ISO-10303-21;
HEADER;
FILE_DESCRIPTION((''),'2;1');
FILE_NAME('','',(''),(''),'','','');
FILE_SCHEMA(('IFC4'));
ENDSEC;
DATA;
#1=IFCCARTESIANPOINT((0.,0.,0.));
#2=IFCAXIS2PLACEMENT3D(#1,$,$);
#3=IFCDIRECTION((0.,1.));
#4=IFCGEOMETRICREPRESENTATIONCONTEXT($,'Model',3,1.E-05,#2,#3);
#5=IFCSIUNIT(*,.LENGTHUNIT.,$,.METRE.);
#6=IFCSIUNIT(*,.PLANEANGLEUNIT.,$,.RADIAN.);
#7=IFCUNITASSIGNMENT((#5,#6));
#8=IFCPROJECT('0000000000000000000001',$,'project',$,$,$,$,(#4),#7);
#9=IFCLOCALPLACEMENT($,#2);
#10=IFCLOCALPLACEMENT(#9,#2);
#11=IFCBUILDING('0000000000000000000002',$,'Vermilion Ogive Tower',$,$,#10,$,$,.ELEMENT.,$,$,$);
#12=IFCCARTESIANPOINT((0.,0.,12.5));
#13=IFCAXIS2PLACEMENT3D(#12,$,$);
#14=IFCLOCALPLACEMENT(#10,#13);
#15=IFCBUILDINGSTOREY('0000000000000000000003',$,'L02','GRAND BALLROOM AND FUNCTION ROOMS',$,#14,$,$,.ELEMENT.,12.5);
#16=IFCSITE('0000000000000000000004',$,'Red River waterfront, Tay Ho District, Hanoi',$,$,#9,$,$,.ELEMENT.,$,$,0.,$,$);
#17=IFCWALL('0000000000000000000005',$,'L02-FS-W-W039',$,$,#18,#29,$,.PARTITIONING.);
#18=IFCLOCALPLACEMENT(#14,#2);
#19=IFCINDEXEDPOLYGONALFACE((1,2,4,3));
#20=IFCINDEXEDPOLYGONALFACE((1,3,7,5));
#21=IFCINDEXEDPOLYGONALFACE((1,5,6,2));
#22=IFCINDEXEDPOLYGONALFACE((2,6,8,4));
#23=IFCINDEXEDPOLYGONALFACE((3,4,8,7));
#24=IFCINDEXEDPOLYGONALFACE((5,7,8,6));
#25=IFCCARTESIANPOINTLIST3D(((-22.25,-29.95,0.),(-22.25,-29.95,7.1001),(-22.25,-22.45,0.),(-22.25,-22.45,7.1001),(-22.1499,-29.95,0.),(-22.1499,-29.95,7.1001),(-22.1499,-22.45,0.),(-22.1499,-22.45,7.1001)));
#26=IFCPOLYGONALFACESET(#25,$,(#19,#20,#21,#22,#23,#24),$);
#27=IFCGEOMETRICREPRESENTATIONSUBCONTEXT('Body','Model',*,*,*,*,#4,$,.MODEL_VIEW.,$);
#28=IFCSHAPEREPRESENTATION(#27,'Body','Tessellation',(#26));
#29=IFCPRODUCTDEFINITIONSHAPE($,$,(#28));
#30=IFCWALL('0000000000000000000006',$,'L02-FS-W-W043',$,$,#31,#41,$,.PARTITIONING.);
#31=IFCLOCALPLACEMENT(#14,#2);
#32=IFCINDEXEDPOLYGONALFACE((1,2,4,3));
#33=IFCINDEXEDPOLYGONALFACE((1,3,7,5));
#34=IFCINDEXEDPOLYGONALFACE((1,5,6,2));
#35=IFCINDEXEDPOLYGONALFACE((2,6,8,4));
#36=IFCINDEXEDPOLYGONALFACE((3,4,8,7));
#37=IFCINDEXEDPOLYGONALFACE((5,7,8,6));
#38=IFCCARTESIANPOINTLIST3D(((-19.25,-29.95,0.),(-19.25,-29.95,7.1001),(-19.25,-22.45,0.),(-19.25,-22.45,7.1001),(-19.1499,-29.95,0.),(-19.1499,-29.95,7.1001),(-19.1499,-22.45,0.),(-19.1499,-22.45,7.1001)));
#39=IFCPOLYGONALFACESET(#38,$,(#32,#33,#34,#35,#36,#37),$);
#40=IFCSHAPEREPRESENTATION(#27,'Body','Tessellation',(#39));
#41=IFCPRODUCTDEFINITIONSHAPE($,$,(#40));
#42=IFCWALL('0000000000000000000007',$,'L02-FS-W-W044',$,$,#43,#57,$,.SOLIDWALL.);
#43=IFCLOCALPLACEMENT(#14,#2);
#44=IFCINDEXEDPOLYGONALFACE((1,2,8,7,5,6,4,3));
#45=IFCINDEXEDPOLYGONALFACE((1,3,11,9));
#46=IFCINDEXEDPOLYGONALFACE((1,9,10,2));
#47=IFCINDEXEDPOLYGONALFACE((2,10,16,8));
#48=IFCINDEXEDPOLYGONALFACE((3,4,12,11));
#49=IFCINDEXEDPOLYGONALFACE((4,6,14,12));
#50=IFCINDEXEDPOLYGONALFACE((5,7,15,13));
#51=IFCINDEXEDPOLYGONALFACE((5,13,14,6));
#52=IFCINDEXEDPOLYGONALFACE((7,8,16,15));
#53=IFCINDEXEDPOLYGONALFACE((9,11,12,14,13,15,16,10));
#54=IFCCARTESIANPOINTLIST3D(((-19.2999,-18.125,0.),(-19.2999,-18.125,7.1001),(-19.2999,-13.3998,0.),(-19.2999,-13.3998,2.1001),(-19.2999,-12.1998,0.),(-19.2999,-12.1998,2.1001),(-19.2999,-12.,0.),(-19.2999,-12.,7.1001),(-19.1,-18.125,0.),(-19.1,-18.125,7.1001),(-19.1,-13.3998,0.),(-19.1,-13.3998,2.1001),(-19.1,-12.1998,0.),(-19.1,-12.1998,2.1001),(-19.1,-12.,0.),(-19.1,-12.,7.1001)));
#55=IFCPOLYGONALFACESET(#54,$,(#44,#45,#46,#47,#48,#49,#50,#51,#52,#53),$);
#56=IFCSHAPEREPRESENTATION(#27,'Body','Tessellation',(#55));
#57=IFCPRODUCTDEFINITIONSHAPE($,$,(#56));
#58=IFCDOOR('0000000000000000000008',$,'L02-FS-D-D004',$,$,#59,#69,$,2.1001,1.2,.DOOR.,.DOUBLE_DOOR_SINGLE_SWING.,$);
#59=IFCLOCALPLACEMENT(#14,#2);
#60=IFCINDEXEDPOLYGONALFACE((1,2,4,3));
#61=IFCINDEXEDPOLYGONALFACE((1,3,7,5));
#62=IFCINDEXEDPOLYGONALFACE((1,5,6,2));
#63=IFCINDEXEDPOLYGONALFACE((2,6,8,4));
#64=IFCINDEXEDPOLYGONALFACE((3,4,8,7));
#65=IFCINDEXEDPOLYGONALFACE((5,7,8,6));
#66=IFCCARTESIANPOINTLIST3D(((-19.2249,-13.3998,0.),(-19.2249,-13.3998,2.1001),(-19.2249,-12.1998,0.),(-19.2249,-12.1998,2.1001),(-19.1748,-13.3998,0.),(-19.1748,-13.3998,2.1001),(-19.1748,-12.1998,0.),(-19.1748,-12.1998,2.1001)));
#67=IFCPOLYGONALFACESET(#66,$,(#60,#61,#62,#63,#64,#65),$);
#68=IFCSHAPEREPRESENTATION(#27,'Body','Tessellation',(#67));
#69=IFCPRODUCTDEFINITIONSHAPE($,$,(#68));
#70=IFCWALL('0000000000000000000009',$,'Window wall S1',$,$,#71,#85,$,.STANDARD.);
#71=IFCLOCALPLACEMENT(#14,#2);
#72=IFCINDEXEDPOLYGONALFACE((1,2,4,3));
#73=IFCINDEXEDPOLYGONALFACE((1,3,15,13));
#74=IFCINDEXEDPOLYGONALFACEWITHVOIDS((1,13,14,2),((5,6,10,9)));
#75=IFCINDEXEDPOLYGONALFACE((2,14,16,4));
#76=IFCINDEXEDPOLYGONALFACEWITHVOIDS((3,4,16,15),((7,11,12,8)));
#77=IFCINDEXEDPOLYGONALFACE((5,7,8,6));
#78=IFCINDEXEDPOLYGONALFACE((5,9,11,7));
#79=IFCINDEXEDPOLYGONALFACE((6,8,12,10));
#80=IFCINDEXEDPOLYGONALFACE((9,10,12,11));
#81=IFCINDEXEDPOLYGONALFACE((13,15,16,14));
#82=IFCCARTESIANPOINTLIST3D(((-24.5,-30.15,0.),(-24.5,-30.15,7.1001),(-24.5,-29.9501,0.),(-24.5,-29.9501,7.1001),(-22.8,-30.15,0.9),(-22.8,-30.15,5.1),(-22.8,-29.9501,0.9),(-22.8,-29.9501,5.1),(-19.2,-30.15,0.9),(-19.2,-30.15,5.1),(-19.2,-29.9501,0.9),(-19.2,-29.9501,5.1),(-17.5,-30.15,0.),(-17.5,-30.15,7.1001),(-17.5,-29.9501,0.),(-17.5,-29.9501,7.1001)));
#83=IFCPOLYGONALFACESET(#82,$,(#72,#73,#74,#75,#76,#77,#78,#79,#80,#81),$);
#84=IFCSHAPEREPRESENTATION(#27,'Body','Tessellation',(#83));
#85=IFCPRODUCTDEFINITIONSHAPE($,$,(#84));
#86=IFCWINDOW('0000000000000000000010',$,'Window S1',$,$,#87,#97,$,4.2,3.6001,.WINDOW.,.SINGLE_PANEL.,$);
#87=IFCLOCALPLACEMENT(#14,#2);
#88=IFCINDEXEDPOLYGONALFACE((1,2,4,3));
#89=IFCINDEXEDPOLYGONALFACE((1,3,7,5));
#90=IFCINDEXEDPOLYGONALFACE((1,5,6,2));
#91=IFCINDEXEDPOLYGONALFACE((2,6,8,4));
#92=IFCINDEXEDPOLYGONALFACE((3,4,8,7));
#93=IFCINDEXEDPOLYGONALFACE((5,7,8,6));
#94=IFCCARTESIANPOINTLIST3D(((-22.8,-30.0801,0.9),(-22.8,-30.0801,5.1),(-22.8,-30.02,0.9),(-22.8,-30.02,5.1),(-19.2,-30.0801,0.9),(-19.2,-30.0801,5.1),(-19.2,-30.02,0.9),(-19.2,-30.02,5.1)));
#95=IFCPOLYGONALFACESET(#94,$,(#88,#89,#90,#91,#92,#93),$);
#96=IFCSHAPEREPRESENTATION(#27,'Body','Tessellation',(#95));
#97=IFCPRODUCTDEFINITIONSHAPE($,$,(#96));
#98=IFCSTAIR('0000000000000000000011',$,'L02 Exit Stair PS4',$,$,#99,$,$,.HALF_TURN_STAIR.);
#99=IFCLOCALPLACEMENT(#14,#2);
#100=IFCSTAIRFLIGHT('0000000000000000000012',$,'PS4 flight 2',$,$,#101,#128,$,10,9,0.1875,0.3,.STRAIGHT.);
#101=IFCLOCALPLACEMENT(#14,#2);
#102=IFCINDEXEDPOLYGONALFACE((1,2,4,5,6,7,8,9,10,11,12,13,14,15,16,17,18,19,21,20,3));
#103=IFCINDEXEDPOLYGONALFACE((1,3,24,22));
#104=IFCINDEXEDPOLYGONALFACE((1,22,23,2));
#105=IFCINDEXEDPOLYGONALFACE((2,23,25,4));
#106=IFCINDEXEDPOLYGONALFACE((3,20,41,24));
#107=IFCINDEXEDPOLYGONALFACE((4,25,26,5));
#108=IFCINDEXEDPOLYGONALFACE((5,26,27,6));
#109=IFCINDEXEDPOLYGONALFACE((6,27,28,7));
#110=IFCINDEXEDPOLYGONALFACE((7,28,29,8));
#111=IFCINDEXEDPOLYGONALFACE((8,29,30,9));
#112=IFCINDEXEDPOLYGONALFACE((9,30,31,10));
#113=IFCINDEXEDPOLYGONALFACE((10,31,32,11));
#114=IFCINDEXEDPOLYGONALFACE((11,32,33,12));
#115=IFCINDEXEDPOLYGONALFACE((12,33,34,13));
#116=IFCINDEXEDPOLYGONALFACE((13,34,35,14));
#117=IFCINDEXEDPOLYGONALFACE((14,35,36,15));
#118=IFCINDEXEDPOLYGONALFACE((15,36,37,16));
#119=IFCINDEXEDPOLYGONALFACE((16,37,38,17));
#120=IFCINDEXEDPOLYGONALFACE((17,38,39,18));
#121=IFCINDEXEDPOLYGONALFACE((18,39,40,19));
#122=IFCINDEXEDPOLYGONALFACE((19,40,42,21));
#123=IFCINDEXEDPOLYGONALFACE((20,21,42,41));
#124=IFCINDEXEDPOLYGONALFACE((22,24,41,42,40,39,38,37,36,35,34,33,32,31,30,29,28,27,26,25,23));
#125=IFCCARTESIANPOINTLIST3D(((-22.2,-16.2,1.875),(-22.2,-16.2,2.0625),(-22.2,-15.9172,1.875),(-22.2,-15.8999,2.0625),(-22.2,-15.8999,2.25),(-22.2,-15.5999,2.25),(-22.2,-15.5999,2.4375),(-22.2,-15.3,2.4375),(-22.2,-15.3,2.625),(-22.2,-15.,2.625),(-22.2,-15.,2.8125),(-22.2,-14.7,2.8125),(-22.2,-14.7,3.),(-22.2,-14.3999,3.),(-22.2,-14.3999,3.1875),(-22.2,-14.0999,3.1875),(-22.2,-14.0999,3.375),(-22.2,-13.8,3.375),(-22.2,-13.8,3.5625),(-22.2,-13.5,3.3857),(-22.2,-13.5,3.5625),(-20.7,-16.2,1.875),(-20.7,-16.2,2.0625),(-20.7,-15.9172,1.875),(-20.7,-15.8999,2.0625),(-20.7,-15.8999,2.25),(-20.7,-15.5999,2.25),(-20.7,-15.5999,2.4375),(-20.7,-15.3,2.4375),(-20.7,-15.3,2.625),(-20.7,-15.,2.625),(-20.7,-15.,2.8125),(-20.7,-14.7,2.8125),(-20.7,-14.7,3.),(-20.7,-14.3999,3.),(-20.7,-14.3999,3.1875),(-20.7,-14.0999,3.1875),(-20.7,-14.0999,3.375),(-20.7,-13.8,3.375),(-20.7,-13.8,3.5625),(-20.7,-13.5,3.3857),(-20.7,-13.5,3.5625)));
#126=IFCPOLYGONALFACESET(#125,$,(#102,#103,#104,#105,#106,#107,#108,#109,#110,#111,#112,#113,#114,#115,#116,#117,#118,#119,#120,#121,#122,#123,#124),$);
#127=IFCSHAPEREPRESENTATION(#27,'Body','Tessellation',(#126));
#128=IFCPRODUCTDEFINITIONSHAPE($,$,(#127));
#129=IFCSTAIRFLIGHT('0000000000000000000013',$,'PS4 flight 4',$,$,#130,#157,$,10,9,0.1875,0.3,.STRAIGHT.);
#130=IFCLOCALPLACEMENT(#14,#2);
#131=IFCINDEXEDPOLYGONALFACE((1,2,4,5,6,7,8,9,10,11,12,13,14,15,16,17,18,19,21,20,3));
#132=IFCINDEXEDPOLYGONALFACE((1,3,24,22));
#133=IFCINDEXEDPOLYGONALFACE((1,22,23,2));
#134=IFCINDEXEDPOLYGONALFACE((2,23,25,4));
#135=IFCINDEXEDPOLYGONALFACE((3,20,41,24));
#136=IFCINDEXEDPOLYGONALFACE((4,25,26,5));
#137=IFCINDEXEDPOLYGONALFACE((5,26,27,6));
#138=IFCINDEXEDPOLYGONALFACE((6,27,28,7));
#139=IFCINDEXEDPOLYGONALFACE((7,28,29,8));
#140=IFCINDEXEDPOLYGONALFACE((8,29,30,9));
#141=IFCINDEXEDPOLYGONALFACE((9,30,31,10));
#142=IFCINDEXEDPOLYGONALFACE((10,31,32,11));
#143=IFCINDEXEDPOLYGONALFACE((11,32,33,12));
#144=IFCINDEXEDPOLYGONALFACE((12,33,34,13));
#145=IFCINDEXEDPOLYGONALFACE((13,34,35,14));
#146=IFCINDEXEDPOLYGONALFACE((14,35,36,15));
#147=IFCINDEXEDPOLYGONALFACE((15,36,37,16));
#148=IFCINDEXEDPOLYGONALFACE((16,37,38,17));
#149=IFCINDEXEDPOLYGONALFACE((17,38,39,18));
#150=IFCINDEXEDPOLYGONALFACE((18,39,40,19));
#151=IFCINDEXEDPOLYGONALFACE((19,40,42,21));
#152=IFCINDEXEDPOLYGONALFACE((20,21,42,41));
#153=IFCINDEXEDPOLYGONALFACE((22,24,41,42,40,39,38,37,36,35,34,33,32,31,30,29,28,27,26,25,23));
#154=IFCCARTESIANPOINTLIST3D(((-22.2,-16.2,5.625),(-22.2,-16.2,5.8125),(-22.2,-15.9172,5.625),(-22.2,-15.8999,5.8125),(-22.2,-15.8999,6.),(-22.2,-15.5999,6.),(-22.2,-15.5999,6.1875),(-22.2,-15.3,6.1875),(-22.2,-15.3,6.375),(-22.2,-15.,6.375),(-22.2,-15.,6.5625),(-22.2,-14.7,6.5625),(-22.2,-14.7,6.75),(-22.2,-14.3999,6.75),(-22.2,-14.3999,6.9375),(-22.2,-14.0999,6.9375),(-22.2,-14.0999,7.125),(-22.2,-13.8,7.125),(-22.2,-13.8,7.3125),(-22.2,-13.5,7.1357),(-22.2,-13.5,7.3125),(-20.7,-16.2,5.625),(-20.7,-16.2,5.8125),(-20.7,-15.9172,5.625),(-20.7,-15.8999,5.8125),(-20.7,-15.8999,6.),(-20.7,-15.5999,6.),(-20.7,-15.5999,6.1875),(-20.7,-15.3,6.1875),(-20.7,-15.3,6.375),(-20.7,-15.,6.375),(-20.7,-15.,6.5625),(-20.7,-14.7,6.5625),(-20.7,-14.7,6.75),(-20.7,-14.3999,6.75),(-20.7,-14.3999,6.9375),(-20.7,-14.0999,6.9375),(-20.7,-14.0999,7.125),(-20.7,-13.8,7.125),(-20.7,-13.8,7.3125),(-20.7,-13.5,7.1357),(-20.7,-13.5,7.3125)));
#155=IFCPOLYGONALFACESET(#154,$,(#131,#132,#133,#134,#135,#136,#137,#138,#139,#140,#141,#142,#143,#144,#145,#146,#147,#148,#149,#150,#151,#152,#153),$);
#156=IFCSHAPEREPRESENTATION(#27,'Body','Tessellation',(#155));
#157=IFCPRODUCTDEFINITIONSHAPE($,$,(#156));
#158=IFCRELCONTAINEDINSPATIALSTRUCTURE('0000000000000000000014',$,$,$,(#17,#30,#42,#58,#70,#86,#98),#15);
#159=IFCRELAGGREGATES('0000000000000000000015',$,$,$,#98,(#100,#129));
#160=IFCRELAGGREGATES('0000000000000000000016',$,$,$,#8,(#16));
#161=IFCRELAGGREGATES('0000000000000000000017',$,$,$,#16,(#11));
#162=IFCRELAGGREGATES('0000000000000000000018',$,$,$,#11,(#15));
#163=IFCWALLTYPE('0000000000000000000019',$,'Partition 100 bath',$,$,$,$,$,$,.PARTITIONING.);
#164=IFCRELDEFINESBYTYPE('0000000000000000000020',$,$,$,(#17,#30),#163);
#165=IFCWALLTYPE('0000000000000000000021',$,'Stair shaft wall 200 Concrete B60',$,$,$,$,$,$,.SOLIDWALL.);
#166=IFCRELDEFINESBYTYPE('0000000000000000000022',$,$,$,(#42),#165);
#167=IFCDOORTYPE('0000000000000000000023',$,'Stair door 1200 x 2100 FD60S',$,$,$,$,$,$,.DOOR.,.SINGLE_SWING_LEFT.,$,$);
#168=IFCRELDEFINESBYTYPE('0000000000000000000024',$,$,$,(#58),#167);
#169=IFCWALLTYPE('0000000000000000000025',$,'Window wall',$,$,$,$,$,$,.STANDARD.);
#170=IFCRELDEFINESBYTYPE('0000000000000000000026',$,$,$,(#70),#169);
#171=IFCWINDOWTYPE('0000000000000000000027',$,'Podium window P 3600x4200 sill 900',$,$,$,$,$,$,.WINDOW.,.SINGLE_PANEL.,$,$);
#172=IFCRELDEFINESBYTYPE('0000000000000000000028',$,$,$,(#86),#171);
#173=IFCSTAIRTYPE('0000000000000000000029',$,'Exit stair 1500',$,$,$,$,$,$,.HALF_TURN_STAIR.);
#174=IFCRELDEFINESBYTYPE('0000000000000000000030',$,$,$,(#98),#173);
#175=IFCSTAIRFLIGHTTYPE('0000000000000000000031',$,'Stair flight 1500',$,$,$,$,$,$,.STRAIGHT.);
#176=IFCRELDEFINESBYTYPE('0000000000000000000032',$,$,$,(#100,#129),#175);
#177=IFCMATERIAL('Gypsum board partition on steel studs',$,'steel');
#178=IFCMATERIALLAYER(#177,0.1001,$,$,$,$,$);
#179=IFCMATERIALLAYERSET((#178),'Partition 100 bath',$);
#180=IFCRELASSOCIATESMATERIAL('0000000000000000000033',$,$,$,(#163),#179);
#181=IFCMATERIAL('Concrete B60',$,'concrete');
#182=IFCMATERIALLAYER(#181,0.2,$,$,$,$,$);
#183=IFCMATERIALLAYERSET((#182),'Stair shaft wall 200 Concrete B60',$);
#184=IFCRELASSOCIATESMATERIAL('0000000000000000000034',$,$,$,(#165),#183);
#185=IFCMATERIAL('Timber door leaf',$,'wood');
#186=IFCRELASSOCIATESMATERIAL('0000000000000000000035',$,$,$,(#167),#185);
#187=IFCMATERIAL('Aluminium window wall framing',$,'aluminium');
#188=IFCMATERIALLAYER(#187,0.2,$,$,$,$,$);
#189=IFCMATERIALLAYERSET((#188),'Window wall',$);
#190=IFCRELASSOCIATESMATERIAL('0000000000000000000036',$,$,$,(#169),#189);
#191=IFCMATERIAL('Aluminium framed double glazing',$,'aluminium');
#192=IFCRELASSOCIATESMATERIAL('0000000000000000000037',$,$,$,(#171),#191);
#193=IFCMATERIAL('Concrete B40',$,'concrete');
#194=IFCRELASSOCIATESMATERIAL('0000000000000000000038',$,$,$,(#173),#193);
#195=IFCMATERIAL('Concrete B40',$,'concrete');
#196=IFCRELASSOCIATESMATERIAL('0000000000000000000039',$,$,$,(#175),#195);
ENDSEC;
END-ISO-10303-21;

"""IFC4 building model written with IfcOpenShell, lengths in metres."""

from ifc_helpers import new_model, si_unit, direction, frame, frame_2d, origin, place, context, subcontext, project, spatial, polyline, rectangle, outline, extrude, material, layer, layer_set, type_object, element, fill, aggregate, save


model = new_model("IFC4")

# Units and contexts
model_context = context("Model", 3, precision=1e-05, world=origin(), true_north=direction((0.0, 1.0)))
body_context = subcontext(model_context, "Body", "Model", "MODEL_VIEW")
ifc_project = project(units=[si_unit("LENGTHUNIT", "METRE"), si_unit("PLANEANGLEUNIT", "RADIAN")], contexts=[model_context])

# Site, building, storey
site_placement = place(None, origin())
site = spatial("IfcSite", under=ifc_project, at=site_placement, Name="Red River waterfront, Tay Ho District, Hanoi", CompositionType="ELEMENT", RefElevation=0.0)
building_placement = place(site_placement, origin())
building = spatial("IfcBuilding", under=site, at=building_placement, Name="Vermilion Ogive Tower", CompositionType="ELEMENT")
storey_placement = place(building_placement, frame((0.0, 0.0, 12.5)))
storey = spatial("IfcBuildingStorey", under=building, at=storey_placement, Name="L02", Description="GRAND BALLROOM AND FUNCTION ROOMS", CompositionType="ELEMENT", Elevation=12.5)

# Walls
ifc_material_1 = material(Name="Gypsum board partition on steel studs", Category="steel")
ifc_layer_1 = layer(ifc_material_1, 0.1001)
ifc_layer_set_1 = layer_set([ifc_layer_1], Name="Partition 100 bath")
wall_type_1 = type_object("IfcWallType", Name="Partition 100 bath", PredefinedType="PARTITIONING", material=ifc_layer_set_1)
for number, where, z_axis, x_axis, name in (
    (1, (-22.2, -29.95, 0.0), (0.0, 0.0, 1.0), (0.0, 1.0, 0.0), "L02-FS-W-W039"),
    (2, (-19.2, -29.95, 0.0), (0.0, 0.0, 1.0), (0.0, 1.0, 0.0), "L02-FS-W-W043"),
):
    element("IfcWall", number, at=place(storey_placement, frame(where, z_axis=z_axis, x_axis=x_axis)), inside=storey, type_object=wall_type_1, Name=name, PredefinedType="PARTITIONING", context=body_context, shape_type="SweptSolid", body=[
        extrude(rectangle(XDim=7.5, YDim=0.1001, at=frame_2d((3.75, 0.0))), origin(), (0.0, 0.0, 1.0), 7.1001),
    ])

# Wall, opening, door
ifc_material_2 = material(Name="Concrete B60", Category="concrete")
ifc_layer_2 = layer(ifc_material_2, 0.2)
ifc_layer_set_2 = layer_set([ifc_layer_2], Name="Stair shaft wall 200 Concrete B60")
wall_type_2 = type_object("IfcWallType", Name="Stair shaft wall 200 Concrete B60", PredefinedType="SOLIDWALL", material=ifc_layer_set_2)
wall_1_placement = place(storey_placement, frame((-19.2, -18.125, 0.0), z_axis=(0.0, 0.0, 1.0), x_axis=(0.0, 1.0, 0.0)))
wall_1 = element("IfcWall", 3, at=wall_1_placement, inside=storey, type_object=wall_type_2, Name="L02-FS-W-W044", PredefinedType="SOLIDWALL", context=body_context, shape_type="SweptSolid", body=[
    extrude(rectangle(XDim=6.125, YDim=0.2, at=frame_2d((3.0625, 0.0))), origin(), (0.0, 0.0, 1.0), 7.1001),
])
opening_1_placement = place(wall_1_placement, frame((4.7251, 0.0, 0.0)))
opening_1 = element("IfcOpeningElement", 4, at=opening_1_placement, cuts=wall_1, PredefinedType="OPENING", context=body_context, shape_type="SweptSolid", body=[
    extrude(rectangle(XDim=1.2, YDim=2.1001, at=frame_2d((0.6001, 1.05))), frame((0.0, 0.1099, 0.0), z_axis=(0.0, -1.0, 0.0), x_axis=(1.0, 0.0, 0.0)), (0.0, 0.0, 1.0), 0.22),
])
ifc_material_3 = material(Name="Timber door leaf", Category="wood")
door_type = type_object("IfcDoorType", Name="Stair door 1200 x 2100 FD60S", OperationType="SINGLE_SWING_LEFT", PredefinedType="DOOR", material=ifc_material_3)
door_placement = place(opening_1_placement, origin())
door = element("IfcDoor", 5, at=door_placement, inside=storey, type_object=door_type, Name="L02-FS-D-D004", OperationType="DOUBLE_DOOR_SINGLE_SWING", OverallHeight=2.1001, OverallWidth=1.2, PredefinedType="DOOR", context=body_context, shape_type="SweptSolid", body=[
    extrude(rectangle(XDim=1.2, YDim=2.1001, at=frame_2d((0.6001, 1.05))), frame((0.0, 0.0249, 0.0), z_axis=(0.0, -1.0, 0.0), x_axis=(1.0, 0.0, 0.0)), (0.0, 0.0, 1.0), 0.05),
])
fill(opening_1, door)

# Wall, opening, window
ifc_material_4 = material(Name="Aluminium window wall framing", Category="aluminium")
ifc_layer_3 = layer(ifc_material_4, 0.2)
ifc_layer_set_3 = layer_set([ifc_layer_3], Name="Window wall")
wall_type_3 = type_object("IfcWallType", Name="Window wall", PredefinedType="STANDARD", material=ifc_layer_set_3)
wall_2_placement = place(storey_placement, frame((-24.5, -30.05, 0.0), z_axis=(0.0, 0.0, 1.0), x_axis=(1.0, 0.0, 0.0)))
wall_2 = element("IfcWall", 6, at=wall_2_placement, inside=storey, type_object=wall_type_3, Name="Window wall S1", PredefinedType="STANDARD", context=body_context, shape_type="SweptSolid", body=[
    extrude(rectangle(XDim=7.0, YDim=0.2, at=frame_2d((3.5, 0.0))), origin(), (0.0, 0.0, 1.0), 7.1001),
])
opening_2_placement = place(wall_2_placement, frame((1.7, 0.0, 0.8999)))
opening_2 = element("IfcOpeningElement", 7, at=opening_2_placement, cuts=wall_2, PredefinedType="OPENING", context=body_context, shape_type="SweptSolid", body=[
    extrude(rectangle(XDim=3.6001, YDim=4.2, at=frame_2d((1.8, 2.1001))), frame((0.0, 0.1099, 0.0), z_axis=(0.0, -1.0, 0.0), x_axis=(1.0, 0.0, 0.0)), (0.0, 0.0, 1.0), 0.22),
])
ifc_material_5 = material(Name="Aluminium framed double glazing", Category="aluminium")
window_type = type_object("IfcWindowType", Name="Podium window P 3600x4200 sill 900", PartitioningType="SINGLE_PANEL", PredefinedType="WINDOW", material=ifc_material_5)
window_placement = place(opening_2_placement, origin())
window = element("IfcWindow", 8, at=window_placement, inside=storey, type_object=window_type, Name="Window S1", OverallHeight=4.2, OverallWidth=3.6001, PartitioningType="SINGLE_PANEL", PredefinedType="WINDOW", context=body_context, shape_type="SweptSolid", body=[
    extrude(rectangle(XDim=3.6001, YDim=4.2, at=frame_2d((1.8, 2.1001))), frame((0.0, 0.03, 0.0), z_axis=(0.0, -1.0, 0.0), x_axis=(1.0, 0.0, 0.0)), (0.0, 0.0, 1.0), 0.0601),
])
fill(opening_2, window)

# Stair, stair flights
ifc_material_6 = material(Name="Concrete B40", Category="concrete")
stair_type = type_object("IfcStairType", Name="Exit stair 1500", PredefinedType="HALF_TURN_STAIR", material=ifc_material_6)
stair_placement = place(storey_placement, origin())
stair = element("IfcStair", 9, at=stair_placement, inside=storey, type_object=stair_type, Name="L02 Exit Stair PS4", PredefinedType="HALF_TURN_STAIR")
ifc_material_7 = material(Name="Concrete B40", Category="concrete")
stair_flight_type = type_object("IfcStairFlightType", Name="Stair flight 1500", PredefinedType="STRAIGHT", material=ifc_material_7)
stair_flight_1_placement = place(storey_placement, frame((-21.45, -16.2, 1.875), z_axis=(0.0, 0.0, 1.0), x_axis=(0.0, 1.0, 0.0)))
stair_flight_1 = element("IfcStairFlight", 10, at=stair_flight_1_placement, type_object=stair_flight_type, Name="PS4 flight 2", NumberOfRisers=10, NumberOfTreads=9, PredefinedType="STRAIGHT", RiserHeight=0.1875, TreadLength=0.3, context=body_context, shape_type="SweptSolid", body=[
    extrude(outline(polyline([(0.0, 0.0), (0.0, 0.1875), (0.3, 0.1875), (0.3, 0.375), (0.6001, 0.375), (0.6001, 0.5625), (0.8999, 0.5625), (0.8999, 0.75), (1.2, 0.75), (1.2, 0.9375), (1.5, 0.9375), (1.5, 1.125), (1.8, 1.125), (1.8, 1.3125), (2.1001, 1.3125), (2.1001, 1.5), (2.3999, 1.5), (2.3999, 1.6875), (2.7, 1.6875), (2.7, 1.875), (2.7, 1.5107), (0.2827, 0.0), (0.0, 0.0)])), frame((0.0, 0.75, 0.0), z_axis=(0.0, -1.0, 0.0), x_axis=(1.0, 0.0, 0.0)), (0.0, 0.0, 1.0), 1.5),
])
stair_flight_2_placement = place(storey_placement, frame((-21.45, -16.2, 5.625), z_axis=(0.0, 0.0, 1.0), x_axis=(0.0, 1.0, 0.0)))
stair_flight_2 = element("IfcStairFlight", 11, at=stair_flight_2_placement, type_object=stair_flight_type, Name="PS4 flight 4", NumberOfRisers=10, NumberOfTreads=9, PredefinedType="STRAIGHT", RiserHeight=0.1875, TreadLength=0.3, context=body_context, shape_type="SweptSolid", body=[
    extrude(outline(polyline([(0.0, 0.0), (0.0, 0.1875), (0.3, 0.1875), (0.3, 0.375), (0.6001, 0.375), (0.6001, 0.5625), (0.8999, 0.5625), (0.8999, 0.75), (1.2, 0.75), (1.2, 0.9375), (1.5, 0.9375), (1.5, 1.125), (1.8, 1.125), (1.8, 1.3125), (2.1001, 1.3125), (2.1001, 1.5), (2.3999, 1.5), (2.3999, 1.6875), (2.7, 1.6875), (2.7, 1.875), (2.7, 1.5107), (0.2827, 0.0), (0.0, 0.0)])), frame((0.0, 0.75, 0.0), z_axis=(0.0, -1.0, 0.0), x_axis=(1.0, 0.0, 0.0)), (0.0, 0.0, 1.0), 1.5),
])
aggregate(stair, [stair_flight_1, stair_flight_2])

save(model, "model.ifc")
